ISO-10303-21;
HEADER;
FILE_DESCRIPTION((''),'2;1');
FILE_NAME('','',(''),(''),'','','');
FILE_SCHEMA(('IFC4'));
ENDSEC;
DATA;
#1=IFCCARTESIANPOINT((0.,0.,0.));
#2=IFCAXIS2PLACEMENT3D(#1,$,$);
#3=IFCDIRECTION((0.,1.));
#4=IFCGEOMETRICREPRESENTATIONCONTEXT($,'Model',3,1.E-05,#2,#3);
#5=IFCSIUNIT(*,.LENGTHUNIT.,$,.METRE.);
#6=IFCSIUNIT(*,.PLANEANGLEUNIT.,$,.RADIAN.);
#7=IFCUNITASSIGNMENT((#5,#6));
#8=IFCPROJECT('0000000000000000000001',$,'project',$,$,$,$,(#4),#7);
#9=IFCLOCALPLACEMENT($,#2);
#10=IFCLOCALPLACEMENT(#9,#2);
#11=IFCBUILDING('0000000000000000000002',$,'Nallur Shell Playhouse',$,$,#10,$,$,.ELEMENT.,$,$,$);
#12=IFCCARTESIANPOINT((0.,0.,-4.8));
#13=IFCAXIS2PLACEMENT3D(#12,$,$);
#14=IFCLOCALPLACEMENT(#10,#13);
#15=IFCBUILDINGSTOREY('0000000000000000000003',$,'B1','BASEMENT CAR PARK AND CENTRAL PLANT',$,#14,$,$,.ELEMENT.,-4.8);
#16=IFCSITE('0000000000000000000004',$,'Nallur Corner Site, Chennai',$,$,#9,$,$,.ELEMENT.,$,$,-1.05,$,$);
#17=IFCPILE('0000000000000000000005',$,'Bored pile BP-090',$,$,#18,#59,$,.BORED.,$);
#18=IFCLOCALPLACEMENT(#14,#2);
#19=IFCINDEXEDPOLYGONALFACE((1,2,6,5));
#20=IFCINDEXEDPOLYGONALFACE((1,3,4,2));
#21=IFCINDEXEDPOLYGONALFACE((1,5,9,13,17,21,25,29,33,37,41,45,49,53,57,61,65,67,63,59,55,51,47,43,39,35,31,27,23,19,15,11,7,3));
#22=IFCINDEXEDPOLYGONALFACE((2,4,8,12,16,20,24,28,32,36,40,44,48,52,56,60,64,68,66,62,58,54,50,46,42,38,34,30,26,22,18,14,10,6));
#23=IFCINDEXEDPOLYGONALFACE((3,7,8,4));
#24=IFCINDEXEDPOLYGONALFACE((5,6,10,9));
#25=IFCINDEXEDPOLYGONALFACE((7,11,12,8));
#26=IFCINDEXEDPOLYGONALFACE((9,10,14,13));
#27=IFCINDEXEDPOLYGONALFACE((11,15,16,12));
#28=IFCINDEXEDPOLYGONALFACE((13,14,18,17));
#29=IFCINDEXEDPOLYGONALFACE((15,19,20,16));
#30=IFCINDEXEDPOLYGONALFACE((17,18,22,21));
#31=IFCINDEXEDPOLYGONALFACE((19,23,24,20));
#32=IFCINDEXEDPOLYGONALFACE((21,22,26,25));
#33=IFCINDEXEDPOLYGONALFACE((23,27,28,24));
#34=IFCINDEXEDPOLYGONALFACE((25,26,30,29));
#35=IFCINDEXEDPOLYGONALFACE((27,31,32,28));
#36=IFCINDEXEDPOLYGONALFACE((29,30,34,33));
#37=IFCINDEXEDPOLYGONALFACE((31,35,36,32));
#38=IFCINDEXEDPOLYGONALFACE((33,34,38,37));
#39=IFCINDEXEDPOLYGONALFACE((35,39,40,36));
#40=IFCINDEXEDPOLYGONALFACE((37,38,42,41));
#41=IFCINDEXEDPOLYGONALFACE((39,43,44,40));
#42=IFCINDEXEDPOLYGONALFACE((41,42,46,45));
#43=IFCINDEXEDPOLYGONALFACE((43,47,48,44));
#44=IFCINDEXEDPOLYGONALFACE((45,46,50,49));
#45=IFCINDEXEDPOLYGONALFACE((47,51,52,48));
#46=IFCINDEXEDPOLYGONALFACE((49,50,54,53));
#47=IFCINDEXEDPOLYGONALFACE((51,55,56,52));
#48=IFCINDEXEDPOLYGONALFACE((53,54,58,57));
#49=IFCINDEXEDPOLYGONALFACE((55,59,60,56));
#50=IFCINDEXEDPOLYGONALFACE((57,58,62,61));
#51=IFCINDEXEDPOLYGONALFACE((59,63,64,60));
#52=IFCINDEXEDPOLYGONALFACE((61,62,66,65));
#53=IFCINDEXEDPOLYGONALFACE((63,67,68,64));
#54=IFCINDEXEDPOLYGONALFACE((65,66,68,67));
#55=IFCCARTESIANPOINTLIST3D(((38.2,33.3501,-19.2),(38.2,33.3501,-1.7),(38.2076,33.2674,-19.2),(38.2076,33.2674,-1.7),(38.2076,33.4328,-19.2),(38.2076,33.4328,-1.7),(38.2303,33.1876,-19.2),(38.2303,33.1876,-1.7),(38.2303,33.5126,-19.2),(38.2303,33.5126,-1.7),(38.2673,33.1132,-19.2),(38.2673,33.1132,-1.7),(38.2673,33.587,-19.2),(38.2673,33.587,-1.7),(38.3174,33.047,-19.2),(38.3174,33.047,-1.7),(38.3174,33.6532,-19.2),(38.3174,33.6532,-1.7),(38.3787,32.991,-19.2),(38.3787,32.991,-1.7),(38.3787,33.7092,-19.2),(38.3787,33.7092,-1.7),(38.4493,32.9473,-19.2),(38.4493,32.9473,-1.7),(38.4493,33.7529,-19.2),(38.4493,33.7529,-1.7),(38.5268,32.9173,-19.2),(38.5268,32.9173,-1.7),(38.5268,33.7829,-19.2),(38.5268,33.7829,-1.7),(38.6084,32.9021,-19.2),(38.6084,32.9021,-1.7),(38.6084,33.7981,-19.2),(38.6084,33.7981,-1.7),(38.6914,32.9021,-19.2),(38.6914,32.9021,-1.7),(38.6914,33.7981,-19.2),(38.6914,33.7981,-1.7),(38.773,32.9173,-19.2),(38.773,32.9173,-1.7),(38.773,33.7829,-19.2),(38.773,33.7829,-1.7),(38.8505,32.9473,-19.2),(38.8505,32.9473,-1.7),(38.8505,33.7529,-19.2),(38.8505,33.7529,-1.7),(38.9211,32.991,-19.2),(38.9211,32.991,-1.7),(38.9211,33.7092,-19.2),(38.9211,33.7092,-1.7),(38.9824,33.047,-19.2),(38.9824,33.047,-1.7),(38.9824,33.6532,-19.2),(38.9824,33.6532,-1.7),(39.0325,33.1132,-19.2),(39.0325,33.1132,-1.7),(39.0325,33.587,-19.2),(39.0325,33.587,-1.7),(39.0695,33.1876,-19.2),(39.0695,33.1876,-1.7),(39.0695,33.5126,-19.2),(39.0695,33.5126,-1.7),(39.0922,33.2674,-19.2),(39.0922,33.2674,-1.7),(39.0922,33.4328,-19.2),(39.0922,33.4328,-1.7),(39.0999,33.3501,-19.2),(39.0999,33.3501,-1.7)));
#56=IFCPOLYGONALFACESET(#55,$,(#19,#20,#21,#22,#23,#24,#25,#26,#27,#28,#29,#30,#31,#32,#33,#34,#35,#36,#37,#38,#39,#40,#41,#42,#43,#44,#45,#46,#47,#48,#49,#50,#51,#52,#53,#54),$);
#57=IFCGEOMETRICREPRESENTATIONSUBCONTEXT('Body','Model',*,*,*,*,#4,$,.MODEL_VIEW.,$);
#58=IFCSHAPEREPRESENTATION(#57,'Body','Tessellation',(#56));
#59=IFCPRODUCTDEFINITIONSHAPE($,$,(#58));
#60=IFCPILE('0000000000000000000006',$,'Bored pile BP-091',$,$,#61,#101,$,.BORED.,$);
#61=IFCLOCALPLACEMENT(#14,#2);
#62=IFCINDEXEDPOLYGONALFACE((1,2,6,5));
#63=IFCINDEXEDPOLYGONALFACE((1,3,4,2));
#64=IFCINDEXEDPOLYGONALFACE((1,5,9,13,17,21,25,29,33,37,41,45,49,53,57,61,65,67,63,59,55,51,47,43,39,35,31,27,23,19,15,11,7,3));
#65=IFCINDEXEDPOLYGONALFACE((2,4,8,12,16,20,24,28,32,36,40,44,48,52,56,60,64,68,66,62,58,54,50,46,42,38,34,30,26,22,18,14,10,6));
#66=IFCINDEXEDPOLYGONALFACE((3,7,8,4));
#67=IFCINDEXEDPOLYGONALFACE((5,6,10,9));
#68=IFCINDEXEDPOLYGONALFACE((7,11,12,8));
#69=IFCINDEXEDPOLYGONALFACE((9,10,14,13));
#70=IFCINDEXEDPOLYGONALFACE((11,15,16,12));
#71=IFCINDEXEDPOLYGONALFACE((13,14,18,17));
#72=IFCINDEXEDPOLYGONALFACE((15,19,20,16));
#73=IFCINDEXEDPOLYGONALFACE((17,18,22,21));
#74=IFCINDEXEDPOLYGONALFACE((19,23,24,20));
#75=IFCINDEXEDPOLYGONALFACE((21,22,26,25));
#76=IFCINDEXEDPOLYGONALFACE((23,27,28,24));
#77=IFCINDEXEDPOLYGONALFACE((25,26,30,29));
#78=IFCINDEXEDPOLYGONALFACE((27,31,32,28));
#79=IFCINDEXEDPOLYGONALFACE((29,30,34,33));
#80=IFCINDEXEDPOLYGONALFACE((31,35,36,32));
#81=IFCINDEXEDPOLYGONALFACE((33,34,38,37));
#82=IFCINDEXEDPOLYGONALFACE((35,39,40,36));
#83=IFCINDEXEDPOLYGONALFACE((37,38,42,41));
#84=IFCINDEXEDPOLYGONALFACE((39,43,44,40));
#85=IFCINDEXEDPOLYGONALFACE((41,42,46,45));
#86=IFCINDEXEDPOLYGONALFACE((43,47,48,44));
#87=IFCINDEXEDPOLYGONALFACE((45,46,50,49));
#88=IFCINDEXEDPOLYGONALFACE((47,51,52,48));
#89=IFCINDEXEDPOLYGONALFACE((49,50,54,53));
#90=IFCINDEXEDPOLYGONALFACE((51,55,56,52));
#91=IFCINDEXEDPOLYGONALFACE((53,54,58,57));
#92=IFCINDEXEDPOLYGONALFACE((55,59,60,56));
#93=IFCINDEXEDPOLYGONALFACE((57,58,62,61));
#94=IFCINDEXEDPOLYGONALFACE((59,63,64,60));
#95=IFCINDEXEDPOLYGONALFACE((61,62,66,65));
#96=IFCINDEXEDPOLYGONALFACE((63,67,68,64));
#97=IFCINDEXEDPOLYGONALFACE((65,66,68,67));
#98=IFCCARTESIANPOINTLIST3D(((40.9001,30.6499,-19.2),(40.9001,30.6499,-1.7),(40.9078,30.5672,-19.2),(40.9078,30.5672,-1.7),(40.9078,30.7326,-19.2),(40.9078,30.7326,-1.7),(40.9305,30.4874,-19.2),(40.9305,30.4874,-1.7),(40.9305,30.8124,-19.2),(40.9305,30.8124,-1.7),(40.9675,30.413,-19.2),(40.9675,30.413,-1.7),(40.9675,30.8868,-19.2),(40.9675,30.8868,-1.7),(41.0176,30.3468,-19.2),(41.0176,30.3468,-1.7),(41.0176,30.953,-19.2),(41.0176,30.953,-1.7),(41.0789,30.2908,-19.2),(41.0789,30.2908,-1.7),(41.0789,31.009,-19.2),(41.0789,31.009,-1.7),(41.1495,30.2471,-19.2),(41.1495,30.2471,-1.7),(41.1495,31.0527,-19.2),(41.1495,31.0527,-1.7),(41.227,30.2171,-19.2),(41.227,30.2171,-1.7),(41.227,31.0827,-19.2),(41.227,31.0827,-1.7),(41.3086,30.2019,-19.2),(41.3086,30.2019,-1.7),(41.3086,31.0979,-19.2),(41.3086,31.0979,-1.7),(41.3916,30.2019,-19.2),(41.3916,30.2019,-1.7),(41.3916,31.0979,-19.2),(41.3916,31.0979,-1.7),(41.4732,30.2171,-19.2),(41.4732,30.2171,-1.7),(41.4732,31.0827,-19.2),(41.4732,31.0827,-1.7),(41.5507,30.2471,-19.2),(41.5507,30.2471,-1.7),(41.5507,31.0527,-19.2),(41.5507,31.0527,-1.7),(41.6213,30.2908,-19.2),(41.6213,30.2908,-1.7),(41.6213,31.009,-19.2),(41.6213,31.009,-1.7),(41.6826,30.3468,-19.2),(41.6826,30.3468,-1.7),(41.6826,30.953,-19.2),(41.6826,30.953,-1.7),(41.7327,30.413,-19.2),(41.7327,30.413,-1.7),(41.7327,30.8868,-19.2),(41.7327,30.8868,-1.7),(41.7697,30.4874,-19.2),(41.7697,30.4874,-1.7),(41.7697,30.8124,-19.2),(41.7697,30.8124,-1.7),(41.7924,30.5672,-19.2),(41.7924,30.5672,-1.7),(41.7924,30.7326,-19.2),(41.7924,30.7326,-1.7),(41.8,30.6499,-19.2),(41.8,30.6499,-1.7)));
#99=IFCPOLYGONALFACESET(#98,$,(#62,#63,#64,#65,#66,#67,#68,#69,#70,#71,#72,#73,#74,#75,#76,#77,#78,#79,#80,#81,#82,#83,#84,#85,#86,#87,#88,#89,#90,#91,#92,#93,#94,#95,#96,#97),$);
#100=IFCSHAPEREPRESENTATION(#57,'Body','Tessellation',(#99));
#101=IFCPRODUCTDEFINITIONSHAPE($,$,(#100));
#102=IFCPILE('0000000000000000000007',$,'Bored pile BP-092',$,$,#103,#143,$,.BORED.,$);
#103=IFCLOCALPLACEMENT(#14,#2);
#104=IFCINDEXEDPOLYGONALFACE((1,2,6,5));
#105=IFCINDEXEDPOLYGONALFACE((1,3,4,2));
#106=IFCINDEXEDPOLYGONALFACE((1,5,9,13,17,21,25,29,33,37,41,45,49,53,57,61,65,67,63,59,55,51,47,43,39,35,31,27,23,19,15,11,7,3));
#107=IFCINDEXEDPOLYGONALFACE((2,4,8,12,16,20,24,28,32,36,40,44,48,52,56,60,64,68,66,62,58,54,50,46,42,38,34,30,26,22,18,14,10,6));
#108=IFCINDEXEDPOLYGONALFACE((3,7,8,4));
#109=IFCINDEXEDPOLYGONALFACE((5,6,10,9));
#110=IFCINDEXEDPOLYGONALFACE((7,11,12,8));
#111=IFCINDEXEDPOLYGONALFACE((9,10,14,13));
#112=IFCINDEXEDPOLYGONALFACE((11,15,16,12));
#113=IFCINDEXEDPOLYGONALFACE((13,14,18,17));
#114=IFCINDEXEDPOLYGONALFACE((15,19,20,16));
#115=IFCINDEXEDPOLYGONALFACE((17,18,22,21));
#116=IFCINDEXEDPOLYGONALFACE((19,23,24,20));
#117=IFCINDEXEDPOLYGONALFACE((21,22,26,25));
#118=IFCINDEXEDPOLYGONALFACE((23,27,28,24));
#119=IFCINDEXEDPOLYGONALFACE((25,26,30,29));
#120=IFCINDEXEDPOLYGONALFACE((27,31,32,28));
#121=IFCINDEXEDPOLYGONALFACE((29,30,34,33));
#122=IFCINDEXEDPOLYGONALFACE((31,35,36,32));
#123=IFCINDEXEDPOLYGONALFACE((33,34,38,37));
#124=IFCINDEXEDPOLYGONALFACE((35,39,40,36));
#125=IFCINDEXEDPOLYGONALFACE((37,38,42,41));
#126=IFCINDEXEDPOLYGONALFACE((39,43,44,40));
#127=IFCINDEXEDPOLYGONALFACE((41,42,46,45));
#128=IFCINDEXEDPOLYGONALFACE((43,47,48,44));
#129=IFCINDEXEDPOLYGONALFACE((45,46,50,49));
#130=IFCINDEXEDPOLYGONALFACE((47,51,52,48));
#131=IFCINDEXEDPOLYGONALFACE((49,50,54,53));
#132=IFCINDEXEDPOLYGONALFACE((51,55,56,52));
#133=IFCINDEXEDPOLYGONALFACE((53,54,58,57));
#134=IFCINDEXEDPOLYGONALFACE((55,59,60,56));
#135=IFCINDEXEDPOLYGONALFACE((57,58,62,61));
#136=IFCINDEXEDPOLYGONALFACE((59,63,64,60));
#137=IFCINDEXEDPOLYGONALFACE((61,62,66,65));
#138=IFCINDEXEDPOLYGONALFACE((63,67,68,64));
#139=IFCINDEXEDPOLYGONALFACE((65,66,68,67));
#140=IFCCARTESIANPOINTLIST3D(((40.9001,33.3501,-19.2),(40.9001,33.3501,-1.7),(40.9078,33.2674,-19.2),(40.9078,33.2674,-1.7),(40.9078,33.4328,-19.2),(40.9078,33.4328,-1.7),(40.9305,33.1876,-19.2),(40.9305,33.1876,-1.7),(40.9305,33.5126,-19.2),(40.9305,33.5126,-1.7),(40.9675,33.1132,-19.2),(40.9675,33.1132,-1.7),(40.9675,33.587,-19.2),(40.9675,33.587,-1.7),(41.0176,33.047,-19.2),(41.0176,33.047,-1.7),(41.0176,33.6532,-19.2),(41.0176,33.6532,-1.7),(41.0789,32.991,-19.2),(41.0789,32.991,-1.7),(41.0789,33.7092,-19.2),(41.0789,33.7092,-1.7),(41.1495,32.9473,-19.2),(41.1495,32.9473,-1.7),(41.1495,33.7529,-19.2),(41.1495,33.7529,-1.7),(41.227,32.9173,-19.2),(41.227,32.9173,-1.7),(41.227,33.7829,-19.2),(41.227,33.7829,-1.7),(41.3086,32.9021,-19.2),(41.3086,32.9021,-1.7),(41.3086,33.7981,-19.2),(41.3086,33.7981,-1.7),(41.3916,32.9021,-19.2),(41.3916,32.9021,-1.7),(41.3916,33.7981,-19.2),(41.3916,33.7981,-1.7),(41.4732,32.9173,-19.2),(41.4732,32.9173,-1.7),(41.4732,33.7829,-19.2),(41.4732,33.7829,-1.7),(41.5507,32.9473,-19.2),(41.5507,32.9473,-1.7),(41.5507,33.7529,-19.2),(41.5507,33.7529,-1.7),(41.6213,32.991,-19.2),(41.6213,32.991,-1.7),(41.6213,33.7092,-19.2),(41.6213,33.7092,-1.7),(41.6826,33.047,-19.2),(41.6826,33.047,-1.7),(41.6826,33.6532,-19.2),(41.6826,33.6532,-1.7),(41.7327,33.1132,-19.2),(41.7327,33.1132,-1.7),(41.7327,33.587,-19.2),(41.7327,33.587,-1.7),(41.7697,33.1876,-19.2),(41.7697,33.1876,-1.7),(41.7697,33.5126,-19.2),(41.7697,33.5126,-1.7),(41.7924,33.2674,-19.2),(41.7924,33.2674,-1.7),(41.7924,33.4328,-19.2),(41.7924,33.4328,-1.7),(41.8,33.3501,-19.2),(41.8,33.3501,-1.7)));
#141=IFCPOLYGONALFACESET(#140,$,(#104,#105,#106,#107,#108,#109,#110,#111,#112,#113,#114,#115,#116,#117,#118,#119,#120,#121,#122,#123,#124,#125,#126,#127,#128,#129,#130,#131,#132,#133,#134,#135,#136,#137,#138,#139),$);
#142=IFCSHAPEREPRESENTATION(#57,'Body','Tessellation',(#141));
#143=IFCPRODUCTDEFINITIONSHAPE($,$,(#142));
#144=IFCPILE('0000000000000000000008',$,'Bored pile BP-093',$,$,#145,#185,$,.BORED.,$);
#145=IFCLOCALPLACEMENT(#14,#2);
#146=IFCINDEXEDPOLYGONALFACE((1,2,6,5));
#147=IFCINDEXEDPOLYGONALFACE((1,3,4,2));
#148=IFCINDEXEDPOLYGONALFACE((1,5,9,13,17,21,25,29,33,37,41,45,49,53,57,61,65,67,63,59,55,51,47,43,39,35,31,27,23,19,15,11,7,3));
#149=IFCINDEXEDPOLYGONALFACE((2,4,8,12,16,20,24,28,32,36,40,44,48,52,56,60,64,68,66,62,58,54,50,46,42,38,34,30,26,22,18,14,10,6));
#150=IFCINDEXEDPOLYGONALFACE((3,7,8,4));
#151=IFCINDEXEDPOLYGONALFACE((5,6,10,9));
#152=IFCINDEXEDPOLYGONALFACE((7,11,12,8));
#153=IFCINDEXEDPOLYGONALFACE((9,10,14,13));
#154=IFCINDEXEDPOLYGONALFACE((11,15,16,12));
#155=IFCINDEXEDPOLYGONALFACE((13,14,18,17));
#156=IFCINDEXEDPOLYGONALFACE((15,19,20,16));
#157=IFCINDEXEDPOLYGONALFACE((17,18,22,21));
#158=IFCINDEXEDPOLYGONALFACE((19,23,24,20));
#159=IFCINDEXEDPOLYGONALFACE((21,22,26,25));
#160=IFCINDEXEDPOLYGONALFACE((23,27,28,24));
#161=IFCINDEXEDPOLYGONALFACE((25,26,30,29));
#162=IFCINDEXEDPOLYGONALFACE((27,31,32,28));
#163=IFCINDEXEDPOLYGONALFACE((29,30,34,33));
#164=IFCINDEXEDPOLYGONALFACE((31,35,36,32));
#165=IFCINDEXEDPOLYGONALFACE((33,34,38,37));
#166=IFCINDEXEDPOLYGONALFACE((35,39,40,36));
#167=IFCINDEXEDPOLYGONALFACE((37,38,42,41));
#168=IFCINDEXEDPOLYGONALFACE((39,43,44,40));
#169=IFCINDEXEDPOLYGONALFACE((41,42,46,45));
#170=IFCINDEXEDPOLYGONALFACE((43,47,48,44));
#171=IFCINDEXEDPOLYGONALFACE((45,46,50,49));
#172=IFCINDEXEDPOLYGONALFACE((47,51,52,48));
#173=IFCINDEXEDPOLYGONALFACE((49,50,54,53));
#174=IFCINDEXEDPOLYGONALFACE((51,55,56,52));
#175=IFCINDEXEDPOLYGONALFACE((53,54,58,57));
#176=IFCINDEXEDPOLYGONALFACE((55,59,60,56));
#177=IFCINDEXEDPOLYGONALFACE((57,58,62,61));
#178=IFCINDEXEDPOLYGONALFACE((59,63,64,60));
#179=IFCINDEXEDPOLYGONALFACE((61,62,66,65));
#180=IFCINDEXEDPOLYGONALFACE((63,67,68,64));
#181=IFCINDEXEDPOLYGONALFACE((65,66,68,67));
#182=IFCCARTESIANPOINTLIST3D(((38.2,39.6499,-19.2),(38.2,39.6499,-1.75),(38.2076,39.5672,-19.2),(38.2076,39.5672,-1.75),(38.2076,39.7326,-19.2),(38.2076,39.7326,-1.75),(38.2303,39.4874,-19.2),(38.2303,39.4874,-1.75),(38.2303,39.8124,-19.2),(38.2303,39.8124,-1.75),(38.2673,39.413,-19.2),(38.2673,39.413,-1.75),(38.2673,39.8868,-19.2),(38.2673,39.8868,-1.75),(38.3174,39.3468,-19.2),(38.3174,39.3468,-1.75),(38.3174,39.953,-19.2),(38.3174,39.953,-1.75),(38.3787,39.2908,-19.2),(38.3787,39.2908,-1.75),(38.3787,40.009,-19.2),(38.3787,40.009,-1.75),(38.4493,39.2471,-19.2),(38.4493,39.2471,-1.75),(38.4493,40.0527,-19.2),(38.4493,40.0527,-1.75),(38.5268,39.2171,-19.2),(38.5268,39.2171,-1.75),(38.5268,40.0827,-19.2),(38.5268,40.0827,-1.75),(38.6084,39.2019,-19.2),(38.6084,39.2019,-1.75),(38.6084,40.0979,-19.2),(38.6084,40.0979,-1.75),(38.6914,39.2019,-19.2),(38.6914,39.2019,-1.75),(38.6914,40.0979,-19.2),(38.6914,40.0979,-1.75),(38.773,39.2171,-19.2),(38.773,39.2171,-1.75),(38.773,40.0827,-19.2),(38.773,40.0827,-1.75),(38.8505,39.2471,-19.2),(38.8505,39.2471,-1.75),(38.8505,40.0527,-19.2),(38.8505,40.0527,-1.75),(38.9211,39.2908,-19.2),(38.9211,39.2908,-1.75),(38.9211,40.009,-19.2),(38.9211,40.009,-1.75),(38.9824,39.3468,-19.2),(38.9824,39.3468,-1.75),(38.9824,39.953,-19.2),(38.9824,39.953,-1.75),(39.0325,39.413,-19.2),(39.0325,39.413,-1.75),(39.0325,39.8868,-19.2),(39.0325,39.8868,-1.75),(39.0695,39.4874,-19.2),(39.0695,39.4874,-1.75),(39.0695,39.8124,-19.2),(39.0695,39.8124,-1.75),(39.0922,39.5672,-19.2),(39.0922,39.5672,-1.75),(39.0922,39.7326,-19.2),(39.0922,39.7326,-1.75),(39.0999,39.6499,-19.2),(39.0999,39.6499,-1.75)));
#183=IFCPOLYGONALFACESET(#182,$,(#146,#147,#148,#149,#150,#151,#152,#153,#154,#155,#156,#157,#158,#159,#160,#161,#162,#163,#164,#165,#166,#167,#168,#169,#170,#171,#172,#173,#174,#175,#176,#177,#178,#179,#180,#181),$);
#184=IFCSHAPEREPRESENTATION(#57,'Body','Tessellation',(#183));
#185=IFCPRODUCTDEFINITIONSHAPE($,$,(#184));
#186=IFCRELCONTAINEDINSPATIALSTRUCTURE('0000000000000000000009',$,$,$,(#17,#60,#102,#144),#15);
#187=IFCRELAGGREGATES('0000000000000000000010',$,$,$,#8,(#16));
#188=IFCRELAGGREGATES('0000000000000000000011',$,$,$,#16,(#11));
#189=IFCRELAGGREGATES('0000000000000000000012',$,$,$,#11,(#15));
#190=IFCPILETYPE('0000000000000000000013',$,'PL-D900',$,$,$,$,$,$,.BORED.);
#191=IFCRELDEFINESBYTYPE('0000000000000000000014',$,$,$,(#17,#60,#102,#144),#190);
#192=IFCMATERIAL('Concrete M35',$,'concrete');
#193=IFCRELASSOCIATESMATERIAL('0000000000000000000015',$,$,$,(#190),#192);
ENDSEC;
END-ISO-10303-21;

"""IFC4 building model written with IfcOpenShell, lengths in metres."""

from ifc_helpers import new_model, si_unit, direction, frame, origin, origin_2d, place, context, subcontext, project, spatial, circle, extrude, material, material_profile, profile_set, type_object, element, save


model = new_model("IFC4")

# Units and contexts
model_context = context("Model", 3, precision=1e-05, world=origin(), true_north=direction((0.0, 1.0)))
body_context = subcontext(model_context, "Body", "Model", "MODEL_VIEW")
ifc_project = project(units=[si_unit("LENGTHUNIT", "METRE"), si_unit("PLANEANGLEUNIT", "RADIAN")], contexts=[model_context])

# Site, building, storey
site_placement = place(None, origin())
site = spatial("IfcSite", under=ifc_project, at=site_placement, Name="Nallur Corner Site, Chennai", CompositionType="ELEMENT", RefElevation=-1.05)
building_placement = place(site_placement, origin())
building = spatial("IfcBuilding", under=site, at=building_placement, Name="Nallur Shell Playhouse", CompositionType="ELEMENT")
storey_placement = place(building_placement, frame((0.0, 0.0, -4.8)))
storey = spatial("IfcBuildingStorey", under=building, at=storey_placement, Name="B1", Description="BASEMENT CAR PARK AND CENTRAL PLANT", CompositionType="ELEMENT", Elevation=-4.8)

# Shared definitions
ifc_material_1 = material(Name="Concrete M35", Category="concrete")

# Piles
ifc_material_profile_1 = material_profile(ifc_material_1, circle(Radius=0.45, at=origin_2d()), Name="BORED PILE D900")
ifc_profile_set_1 = profile_set([ifc_material_profile_1], Name="Concrete M35")
pile_type_1 = type_object("IfcPileType", Name="PL-D900", PredefinedType="BORED", material=ifc_profile_set_1)
for number, where, z_axis, x_axis, name in (
    (1, (38.6499, 33.3501, -1.7), (0.0, 0.0, -1.0), (1.0, 0.0, 0.0), "Bored pile BP-090"),
    (2, (41.3501, 30.6499, -1.7), (0.0, 0.0, -1.0), (1.0, 0.0, 0.0), "Bored pile BP-091"),
    (3, (41.3501, 33.3501, -1.7), (0.0, 0.0, -1.0), (1.0, 0.0, 0.0), "Bored pile BP-092"),
):
    element("IfcPile", number, at=place(storey_placement, frame(where, z_axis=z_axis, x_axis=x_axis)), inside=storey, type_object=pile_type_1, Name=name, PredefinedType="BORED", context=body_context, shape_type="SweptSolid", body=[
        extrude(circle(Radius=0.45, at=origin_2d()), origin(), (0.0, 0.0, 1.0), 17.5),
    ])
for number, where, z_axis, x_axis, name in (
    (4, (38.6499, 39.6499, -1.75), (0.0, 0.0, -1.0), (1.0, 0.0, 0.0), "Bored pile BP-093"),
):
    element("IfcPile", number, at=place(storey_placement, frame(where, z_axis=z_axis, x_axis=x_axis)), inside=storey, type_object=pile_type_1, Name=name, PredefinedType="BORED", context=body_context, shape_type="SweptSolid", body=[
        extrude(circle(Radius=0.45, at=origin_2d()), origin(), (0.0, 0.0, 1.0), 17.45),
    ])

save(model, "model.ifc")
